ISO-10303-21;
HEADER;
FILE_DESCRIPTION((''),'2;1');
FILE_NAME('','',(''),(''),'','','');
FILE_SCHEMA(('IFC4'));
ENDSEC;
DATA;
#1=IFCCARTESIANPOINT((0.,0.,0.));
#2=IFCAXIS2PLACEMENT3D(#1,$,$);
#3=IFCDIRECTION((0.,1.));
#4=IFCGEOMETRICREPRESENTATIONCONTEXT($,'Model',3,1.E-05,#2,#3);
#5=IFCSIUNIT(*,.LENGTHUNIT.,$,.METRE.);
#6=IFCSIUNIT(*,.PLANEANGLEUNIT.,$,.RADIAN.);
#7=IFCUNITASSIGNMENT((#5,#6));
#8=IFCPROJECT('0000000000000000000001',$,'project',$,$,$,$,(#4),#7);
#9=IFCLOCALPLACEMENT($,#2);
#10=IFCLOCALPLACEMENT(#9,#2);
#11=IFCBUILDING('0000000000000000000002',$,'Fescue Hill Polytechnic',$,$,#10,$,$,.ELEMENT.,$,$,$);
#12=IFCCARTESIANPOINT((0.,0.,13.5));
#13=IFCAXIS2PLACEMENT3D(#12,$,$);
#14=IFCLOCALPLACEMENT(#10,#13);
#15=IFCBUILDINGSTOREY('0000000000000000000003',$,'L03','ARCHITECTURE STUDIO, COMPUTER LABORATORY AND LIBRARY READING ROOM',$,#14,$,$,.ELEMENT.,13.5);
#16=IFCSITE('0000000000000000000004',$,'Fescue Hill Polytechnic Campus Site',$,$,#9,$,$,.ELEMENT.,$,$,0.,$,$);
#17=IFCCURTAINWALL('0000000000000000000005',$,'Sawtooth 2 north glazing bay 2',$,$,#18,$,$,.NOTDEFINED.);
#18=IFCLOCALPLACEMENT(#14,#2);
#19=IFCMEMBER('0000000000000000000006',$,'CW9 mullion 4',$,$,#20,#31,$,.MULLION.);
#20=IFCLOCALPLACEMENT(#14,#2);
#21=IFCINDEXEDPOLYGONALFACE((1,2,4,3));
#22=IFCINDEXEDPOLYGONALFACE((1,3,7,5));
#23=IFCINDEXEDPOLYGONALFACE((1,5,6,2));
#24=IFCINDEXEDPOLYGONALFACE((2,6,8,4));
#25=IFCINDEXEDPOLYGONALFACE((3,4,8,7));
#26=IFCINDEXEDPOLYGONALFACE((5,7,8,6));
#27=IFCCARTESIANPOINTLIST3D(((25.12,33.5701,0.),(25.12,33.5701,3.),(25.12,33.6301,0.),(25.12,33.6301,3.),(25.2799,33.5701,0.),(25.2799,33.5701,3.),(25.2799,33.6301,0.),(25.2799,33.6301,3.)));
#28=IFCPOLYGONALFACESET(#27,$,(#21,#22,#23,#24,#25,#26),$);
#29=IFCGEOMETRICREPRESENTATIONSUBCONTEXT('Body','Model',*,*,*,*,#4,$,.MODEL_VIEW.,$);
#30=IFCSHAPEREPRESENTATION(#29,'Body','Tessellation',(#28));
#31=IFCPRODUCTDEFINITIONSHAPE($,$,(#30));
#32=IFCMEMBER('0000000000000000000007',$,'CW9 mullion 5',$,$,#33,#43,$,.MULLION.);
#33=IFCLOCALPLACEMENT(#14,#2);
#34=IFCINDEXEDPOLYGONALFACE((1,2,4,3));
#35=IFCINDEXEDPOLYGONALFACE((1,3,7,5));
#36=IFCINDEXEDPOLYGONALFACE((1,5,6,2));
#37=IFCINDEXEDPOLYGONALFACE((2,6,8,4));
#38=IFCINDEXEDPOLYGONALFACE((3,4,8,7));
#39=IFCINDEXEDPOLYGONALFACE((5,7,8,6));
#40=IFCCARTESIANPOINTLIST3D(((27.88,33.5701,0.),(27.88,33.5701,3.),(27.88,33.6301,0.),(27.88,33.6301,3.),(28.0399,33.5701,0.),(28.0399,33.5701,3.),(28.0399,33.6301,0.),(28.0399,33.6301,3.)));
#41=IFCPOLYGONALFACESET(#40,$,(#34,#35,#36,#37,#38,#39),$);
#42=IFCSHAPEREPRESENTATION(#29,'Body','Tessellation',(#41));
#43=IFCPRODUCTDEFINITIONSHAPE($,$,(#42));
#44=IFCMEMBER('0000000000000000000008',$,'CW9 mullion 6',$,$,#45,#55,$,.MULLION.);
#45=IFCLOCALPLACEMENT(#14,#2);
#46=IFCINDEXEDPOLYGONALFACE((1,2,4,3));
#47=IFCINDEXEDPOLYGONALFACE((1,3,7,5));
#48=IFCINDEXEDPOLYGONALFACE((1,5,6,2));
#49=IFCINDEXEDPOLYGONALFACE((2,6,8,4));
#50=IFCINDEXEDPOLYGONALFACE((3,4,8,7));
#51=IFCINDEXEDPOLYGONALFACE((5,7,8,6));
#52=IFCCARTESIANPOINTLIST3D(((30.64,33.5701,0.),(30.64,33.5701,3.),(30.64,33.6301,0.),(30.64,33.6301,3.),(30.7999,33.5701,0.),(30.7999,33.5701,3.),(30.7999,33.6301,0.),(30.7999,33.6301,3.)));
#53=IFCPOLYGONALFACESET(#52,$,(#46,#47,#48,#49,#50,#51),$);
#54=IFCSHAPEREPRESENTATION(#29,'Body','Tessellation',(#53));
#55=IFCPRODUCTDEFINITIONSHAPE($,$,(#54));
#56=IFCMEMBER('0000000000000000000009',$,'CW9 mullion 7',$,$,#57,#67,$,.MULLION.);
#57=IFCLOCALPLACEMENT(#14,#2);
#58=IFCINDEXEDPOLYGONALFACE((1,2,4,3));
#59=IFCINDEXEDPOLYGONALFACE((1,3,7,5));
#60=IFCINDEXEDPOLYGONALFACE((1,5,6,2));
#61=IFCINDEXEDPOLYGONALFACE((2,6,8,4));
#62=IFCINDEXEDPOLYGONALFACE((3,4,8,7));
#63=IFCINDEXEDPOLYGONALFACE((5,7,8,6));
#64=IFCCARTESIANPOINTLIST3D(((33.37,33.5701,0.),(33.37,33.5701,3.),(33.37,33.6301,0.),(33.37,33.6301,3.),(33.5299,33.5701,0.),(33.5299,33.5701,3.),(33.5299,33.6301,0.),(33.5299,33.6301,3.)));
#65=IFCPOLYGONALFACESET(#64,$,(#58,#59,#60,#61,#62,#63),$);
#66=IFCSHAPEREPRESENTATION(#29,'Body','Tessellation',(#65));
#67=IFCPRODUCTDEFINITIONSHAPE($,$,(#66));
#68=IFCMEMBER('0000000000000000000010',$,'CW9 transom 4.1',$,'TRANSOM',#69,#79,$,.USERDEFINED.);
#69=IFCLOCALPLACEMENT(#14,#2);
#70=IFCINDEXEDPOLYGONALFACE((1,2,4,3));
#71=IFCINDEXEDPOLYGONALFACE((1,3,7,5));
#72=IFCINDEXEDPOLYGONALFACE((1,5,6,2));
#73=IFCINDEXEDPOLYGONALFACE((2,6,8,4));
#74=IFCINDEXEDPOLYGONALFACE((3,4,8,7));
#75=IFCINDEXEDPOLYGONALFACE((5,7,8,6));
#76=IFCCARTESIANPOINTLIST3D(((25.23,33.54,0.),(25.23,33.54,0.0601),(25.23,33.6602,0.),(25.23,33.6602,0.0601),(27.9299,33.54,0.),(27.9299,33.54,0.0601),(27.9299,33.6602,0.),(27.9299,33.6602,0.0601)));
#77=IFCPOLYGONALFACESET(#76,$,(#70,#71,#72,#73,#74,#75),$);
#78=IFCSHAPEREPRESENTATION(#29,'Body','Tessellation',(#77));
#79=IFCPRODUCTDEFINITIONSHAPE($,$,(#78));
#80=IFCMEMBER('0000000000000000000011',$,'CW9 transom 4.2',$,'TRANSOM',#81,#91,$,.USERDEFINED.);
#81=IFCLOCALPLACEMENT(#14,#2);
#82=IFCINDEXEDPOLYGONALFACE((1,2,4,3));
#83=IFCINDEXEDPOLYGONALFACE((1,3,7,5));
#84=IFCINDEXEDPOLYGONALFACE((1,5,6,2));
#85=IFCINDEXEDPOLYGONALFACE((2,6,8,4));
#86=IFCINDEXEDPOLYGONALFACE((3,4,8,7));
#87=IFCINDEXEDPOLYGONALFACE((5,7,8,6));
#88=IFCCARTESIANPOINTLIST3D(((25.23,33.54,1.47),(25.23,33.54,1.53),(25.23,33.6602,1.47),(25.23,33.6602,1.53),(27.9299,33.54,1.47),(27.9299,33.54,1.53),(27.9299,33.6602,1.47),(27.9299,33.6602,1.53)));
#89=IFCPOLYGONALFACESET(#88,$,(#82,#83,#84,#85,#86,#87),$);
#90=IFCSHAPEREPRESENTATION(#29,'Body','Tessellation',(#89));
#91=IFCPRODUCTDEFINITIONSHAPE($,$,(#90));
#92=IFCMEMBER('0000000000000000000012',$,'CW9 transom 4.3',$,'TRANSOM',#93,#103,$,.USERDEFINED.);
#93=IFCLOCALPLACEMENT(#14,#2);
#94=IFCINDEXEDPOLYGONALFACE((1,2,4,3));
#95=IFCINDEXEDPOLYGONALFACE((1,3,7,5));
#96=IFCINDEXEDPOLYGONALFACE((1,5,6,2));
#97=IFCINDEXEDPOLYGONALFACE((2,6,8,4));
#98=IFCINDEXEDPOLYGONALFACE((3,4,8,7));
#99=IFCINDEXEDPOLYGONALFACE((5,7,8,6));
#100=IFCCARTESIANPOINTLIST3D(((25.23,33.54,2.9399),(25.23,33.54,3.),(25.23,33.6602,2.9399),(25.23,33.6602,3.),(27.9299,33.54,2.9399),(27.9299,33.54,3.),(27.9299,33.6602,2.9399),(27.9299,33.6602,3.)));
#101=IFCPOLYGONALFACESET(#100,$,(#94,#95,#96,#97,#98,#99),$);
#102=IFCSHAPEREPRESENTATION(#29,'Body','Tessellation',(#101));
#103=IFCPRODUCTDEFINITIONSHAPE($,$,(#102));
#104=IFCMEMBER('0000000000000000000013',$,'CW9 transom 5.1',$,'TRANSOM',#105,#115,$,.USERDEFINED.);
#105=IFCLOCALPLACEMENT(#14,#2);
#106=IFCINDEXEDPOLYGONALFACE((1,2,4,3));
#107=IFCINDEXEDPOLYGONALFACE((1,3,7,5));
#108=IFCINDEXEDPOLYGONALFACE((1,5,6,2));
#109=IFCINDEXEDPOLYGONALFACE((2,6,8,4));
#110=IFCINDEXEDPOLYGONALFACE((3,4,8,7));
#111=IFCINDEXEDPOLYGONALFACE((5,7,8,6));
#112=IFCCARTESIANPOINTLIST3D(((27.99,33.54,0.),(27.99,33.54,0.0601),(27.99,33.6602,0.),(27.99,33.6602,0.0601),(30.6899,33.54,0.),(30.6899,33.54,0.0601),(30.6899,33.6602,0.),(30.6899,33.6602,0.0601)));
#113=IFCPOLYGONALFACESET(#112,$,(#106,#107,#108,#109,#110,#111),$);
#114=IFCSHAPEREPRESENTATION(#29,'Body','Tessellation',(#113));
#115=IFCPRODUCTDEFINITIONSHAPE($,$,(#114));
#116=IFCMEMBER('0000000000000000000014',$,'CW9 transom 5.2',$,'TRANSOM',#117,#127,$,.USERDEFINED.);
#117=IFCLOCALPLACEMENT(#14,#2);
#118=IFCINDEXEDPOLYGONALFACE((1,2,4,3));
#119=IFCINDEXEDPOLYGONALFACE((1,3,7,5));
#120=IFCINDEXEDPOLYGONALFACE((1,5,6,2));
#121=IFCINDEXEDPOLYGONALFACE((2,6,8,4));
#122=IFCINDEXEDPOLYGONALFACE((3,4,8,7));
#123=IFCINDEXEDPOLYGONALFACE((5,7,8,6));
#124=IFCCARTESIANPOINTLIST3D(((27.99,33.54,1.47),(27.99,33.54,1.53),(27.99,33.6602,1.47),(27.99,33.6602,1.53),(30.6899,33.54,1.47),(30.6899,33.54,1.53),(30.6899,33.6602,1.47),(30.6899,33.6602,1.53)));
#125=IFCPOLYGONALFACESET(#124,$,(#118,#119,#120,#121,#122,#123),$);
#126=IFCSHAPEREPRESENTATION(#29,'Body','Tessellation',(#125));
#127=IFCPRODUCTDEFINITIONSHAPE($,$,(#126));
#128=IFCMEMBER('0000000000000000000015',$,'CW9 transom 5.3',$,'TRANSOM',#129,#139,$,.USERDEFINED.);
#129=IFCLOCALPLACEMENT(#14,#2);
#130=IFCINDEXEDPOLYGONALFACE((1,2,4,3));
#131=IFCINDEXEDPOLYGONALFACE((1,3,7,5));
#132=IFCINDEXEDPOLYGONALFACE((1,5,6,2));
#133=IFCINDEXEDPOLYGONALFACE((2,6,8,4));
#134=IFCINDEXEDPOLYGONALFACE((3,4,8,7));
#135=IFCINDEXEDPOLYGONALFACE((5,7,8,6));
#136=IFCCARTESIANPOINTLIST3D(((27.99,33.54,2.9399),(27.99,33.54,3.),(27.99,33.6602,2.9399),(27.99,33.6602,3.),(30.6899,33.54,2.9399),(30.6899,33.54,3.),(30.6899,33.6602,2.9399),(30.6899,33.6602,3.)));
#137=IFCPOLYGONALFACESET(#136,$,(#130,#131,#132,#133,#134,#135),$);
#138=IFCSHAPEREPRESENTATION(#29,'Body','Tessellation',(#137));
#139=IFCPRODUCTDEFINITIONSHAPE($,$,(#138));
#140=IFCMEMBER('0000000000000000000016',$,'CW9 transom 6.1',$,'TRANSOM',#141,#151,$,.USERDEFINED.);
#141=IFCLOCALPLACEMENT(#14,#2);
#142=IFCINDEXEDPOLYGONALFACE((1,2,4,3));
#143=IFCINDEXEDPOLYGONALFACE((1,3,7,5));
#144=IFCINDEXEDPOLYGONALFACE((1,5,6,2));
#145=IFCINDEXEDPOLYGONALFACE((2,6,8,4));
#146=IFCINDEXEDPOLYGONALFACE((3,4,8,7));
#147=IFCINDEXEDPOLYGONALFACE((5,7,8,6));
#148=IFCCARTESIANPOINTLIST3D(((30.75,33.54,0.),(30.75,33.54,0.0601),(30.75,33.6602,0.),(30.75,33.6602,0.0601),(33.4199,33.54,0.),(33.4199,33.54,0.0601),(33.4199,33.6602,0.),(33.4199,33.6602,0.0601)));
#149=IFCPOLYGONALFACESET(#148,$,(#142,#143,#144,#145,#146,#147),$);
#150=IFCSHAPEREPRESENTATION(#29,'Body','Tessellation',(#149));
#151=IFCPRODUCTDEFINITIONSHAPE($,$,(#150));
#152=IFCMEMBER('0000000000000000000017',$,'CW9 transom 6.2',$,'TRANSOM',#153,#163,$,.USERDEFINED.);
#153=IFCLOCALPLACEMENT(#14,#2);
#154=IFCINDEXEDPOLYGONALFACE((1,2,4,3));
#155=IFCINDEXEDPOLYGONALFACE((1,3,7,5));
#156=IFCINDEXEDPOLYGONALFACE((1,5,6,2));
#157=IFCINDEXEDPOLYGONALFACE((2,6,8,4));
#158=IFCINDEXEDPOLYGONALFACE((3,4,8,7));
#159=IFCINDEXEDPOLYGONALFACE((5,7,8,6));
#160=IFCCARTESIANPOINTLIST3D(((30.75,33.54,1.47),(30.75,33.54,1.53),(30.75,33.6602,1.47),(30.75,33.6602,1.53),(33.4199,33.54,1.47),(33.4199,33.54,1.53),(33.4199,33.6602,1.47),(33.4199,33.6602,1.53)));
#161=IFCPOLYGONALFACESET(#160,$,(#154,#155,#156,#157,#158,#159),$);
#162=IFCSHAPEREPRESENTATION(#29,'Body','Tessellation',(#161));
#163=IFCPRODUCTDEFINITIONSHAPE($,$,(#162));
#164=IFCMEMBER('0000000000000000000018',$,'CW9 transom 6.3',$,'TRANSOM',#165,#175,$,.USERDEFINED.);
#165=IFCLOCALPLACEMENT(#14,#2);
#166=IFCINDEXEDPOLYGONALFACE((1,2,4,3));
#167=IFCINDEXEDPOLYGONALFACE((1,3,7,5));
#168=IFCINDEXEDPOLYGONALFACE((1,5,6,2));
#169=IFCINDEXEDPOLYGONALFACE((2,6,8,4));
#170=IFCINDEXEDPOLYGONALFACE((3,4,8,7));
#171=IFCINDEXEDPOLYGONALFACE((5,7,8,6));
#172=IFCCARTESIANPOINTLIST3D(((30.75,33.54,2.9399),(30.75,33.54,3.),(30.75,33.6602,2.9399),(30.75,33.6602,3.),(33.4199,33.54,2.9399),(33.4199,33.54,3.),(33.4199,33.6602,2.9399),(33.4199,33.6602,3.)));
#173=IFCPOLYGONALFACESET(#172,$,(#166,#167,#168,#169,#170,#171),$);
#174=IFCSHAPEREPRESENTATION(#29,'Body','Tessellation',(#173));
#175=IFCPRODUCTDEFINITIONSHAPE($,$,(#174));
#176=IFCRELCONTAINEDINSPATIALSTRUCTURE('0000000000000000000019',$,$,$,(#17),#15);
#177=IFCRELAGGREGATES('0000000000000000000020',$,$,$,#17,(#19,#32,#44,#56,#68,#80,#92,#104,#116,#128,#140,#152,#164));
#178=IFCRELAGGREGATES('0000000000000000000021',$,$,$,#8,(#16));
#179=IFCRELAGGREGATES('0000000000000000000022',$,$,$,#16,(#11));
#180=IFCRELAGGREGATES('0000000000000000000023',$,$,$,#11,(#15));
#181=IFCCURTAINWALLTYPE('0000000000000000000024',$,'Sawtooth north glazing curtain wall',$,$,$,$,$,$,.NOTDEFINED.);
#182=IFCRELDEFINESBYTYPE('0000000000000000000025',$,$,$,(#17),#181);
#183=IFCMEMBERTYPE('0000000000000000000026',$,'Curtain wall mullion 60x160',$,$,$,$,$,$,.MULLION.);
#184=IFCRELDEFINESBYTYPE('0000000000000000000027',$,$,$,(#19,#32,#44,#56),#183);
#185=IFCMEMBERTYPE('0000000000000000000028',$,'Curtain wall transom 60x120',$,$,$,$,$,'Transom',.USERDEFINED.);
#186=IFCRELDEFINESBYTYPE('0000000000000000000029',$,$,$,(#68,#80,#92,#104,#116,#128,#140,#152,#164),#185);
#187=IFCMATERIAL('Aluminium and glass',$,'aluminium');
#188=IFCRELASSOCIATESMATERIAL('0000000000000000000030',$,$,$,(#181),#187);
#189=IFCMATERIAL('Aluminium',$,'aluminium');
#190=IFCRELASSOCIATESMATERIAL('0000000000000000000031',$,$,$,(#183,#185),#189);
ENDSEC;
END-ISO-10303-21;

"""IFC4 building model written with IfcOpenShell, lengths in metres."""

from ifc_helpers import new_model, si_unit, direction, frame, origin, origin_2d, place, context, subcontext, project, spatial, rectangle, extrude, material, material_profile, profile_set, type_object, element, aggregate, save


model = new_model("IFC4")

# Units and contexts
model_context = context("Model", 3, precision=1e-05, world=origin(), true_north=direction((0.0, 1.0)))
body_context = subcontext(model_context, "Body", "Model", "MODEL_VIEW")
ifc_project = project(units=[si_unit("LENGTHUNIT", "METRE"), si_unit("PLANEANGLEUNIT", "RADIAN")], contexts=[model_context])

# Site, building, storey
site_placement = place(None, origin())
site = spatial("IfcSite", under=ifc_project, at=site_placement, Name="Fescue Hill Polytechnic Campus Site", CompositionType="ELEMENT", RefElevation=0.0)
building_placement = place(site_placement, origin())
building = spatial("IfcBuilding", under=site, at=building_placement, Name="Fescue Hill Polytechnic", CompositionType="ELEMENT")
storey_placement = place(building_placement, frame((0.0, 0.0, 13.5)))
storey = spatial("IfcBuildingStorey", under=building, at=storey_placement, Name="L03", Description="ARCHITECTURE STUDIO, COMPUTER LABORATORY AND LIBRARY READING ROOM", CompositionType="ELEMENT", Elevation=13.5)

# Curtain wall, members
ifc_material_1 = material(Name="Aluminium and glass", Category="aluminium")
curtain_wall_type = type_object("IfcCurtainWallType", Name="Sawtooth north glazing curtain wall", PredefinedType="NOTDEFINED", material=ifc_material_1)
curtain_wall_placement = place(storey_placement, origin())
curtain_wall = element("IfcCurtainWall", 1, at=curtain_wall_placement, inside=storey, type_object=curtain_wall_type, Name="Sawtooth 2 north glazing bay 2", PredefinedType="NOTDEFINED")
ifc_material_2 = material(Name="Aluminium", Category="aluminium")
ifc_material_profile_1 = material_profile(ifc_material_2, rectangle(XDim=0.0601, YDim=0.1599, at=origin_2d()), Name="Curtain wall mullion 60x160")
ifc_profile_set_1 = profile_set([ifc_material_profile_1], Name="Aluminium")
member_type_1 = type_object("IfcMemberType", Name="Curtain wall mullion 60x160", PredefinedType="MULLION", material=ifc_profile_set_1)
member_1_placement = place(storey_placement, frame((25.2, 33.6001, 0.0), z_axis=(0.0, 0.0, 1.0), x_axis=(0.0, 1.0, 0.0)))
member_1 = element("IfcMember", 2, at=member_1_placement, type_object=member_type_1, Name="CW9 mullion 4", PredefinedType="MULLION", context=body_context, shape_type="SweptSolid", body=[
    extrude(rectangle(XDim=0.0601, YDim=0.1599, at=origin_2d()), origin(), (0.0, 0.0, 1.0), 3.0),
])
member_2_placement = place(storey_placement, frame((27.96, 33.6001, 0.0), z_axis=(0.0, 0.0, 1.0), x_axis=(0.0, 1.0, 0.0)))
member_2 = element("IfcMember", 3, at=member_2_placement, type_object=member_type_1, Name="CW9 mullion 5", PredefinedType="MULLION", context=body_context, shape_type="SweptSolid", body=[
    extrude(rectangle(XDim=0.0601, YDim=0.1599, at=origin_2d()), origin(), (0.0, 0.0, 1.0), 3.0),
])
member_3_placement = place(storey_placement, frame((30.72, 33.6001, 0.0), z_axis=(0.0, 0.0, 1.0), x_axis=(0.0, 1.0, 0.0)))
member_3 = element("IfcMember", 4, at=member_3_placement, type_object=member_type_1, Name="CW9 mullion 6", PredefinedType="MULLION", context=body_context, shape_type="SweptSolid", body=[
    extrude(rectangle(XDim=0.0601, YDim=0.1599, at=origin_2d()), origin(), (0.0, 0.0, 1.0), 3.0),
])
member_4_placement = place(storey_placement, frame((33.45, 33.6001, 0.0), z_axis=(0.0, 0.0, 1.0), x_axis=(0.0, 1.0, 0.0)))
member_4 = element("IfcMember", 5, at=member_4_placement, type_object=member_type_1, Name="CW9 mullion 7", PredefinedType="MULLION", context=body_context, shape_type="SweptSolid", body=[
    extrude(rectangle(XDim=0.0601, YDim=0.1599, at=origin_2d()), origin(), (0.0, 0.0, 1.0), 3.0),
])
ifc_material_profile_2 = material_profile(ifc_material_2, rectangle(XDim=0.1201, YDim=0.0601, at=origin_2d()), Name="Curtain wall transom 60x120")
ifc_profile_set_2 = profile_set([ifc_material_profile_2], Name="Aluminium")
member_type_2 = type_object("IfcMemberType", Name="Curtain wall transom 60x120", ElementType="Transom", PredefinedType="USERDEFINED", material=ifc_profile_set_2)
member_5_placement = place(storey_placement, frame((25.23, 33.6001, 0.03), z_axis=(1.0, 0.0, 0.0), x_axis=(0.0, 1.0, 0.0)))
member_5 = element("IfcMember", 6, at=member_5_placement, type_object=member_type_2, Name="CW9 transom 4.1", ObjectType="TRANSOM", PredefinedType="USERDEFINED", context=body_context, shape_type="SweptSolid", body=[
    extrude(rectangle(XDim=0.1201, YDim=0.0601, at=origin_2d()), origin(), (0.0, 0.0, 1.0), 2.7),
])
member_6_placement = place(storey_placement, frame((25.23, 33.6001, 1.5), z_axis=(1.0, 0.0, 0.0), x_axis=(0.0, 1.0, 0.0)))
member_6 = element("IfcMember", 7, at=member_6_placement, type_object=member_type_2, Name="CW9 transom 4.2", ObjectType="TRANSOM", PredefinedType="USERDEFINED", context=body_context, shape_type="SweptSolid", body=[
    extrude(rectangle(XDim=0.1201, YDim=0.0601, at=origin_2d()), origin(), (0.0, 0.0, 1.0), 2.7),
])
member_7_placement = place(storey_placement, frame((25.23, 33.6001, 2.97), z_axis=(1.0, 0.0, 0.0), x_axis=(0.0, 1.0, 0.0)))
member_7 = element("IfcMember", 8, at=member_7_placement, type_object=member_type_2, Name="CW9 transom 4.3", ObjectType="TRANSOM", PredefinedType="USERDEFINED", context=body_context, shape_type="SweptSolid", body=[
    extrude(rectangle(XDim=0.1201, YDim=0.0601, at=origin_2d()), origin(), (0.0, 0.0, 1.0), 2.7),
])
member_8_placement = place(storey_placement, frame((27.99, 33.6001, 0.03), z_axis=(1.0, 0.0, 0.0), x_axis=(0.0, 1.0, 0.0)))
member_8 = element("IfcMember", 9, at=member_8_placement, type_object=member_type_2, Name="CW9 transom 5.1", ObjectType="TRANSOM", PredefinedType="USERDEFINED", context=body_context, shape_type="SweptSolid", body=[
    extrude(rectangle(XDim=0.1201, YDim=0.0601, at=origin_2d()), origin(), (0.0, 0.0, 1.0), 2.7),
])
member_9_placement = place(storey_placement, frame((27.99, 33.6001, 1.5), z_axis=(1.0, 0.0, 0.0), x_axis=(0.0, 1.0, 0.0)))
member_9 = element("IfcMember", 10, at=member_9_placement, type_object=member_type_2, Name="CW9 transom 5.2", ObjectType="TRANSOM", PredefinedType="USERDEFINED", context=body_context, shape_type="SweptSolid", body=[
    extrude(rectangle(XDim=0.1201, YDim=0.0601, at=origin_2d()), origin(), (0.0, 0.0, 1.0), 2.7),
])
member_10_placement = place(storey_placement, frame((27.99, 33.6001, 2.97), z_axis=(1.0, 0.0, 0.0), x_axis=(0.0, 1.0, 0.0)))
member_10 = element("IfcMember", 11, at=member_10_placement, type_object=member_type_2, Name="CW9 transom 5.3", ObjectType="TRANSOM", PredefinedType="USERDEFINED", context=body_context, shape_type="SweptSolid", body=[
    extrude(rectangle(XDim=0.1201, YDim=0.0601, at=origin_2d()), origin(), (0.0, 0.0, 1.0), 2.7),
])
member_11_placement = place(storey_placement, frame((30.75, 33.6001, 0.03), z_axis=(1.0, 0.0, 0.0), x_axis=(0.0, 1.0, 0.0)))
member_11 = element("IfcMember", 12, at=member_11_placement, type_object=member_type_2, Name="CW9 transom 6.1", ObjectType="TRANSOM", PredefinedType="USERDEFINED", context=body_context, shape_type="SweptSolid", body=[
    extrude(rectangle(XDim=0.1201, YDim=0.0601, at=origin_2d()), origin(), (0.0, 0.0, 1.0), 2.6699),
])
member_12_placement = place(storey_placement, frame((30.75, 33.6001, 1.5), z_axis=(1.0, 0.0, 0.0), x_axis=(0.0, 1.0, 0.0)))
member_12 = element("IfcMember", 13, at=member_12_placement, type_object=member_type_2, Name="CW9 transom 6.2", ObjectType="TRANSOM", PredefinedType="USERDEFINED", context=body_context, shape_type="SweptSolid", body=[
    extrude(rectangle(XDim=0.1201, YDim=0.0601, at=origin_2d()), origin(), (0.0, 0.0, 1.0), 2.6699),
])
member_13_placement = place(storey_placement, frame((30.75, 33.6001, 2.97), z_axis=(1.0, 0.0, 0.0), x_axis=(0.0, 1.0, 0.0)))
member_13 = element("IfcMember", 14, at=member_13_placement, type_object=member_type_2, Name="CW9 transom 6.3", ObjectType="TRANSOM", PredefinedType="USERDEFINED", context=body_context, shape_type="SweptSolid", body=[
    extrude(rectangle(XDim=0.1201, YDim=0.0601, at=origin_2d()), origin(), (0.0, 0.0, 1.0), 2.6699),
])

aggregate(curtain_wall, [member_1, member_2, member_3, member_4, member_5, member_6, member_7, member_8, member_9, member_10, member_11, member_12, member_13])

save(model, "model.ifc")
